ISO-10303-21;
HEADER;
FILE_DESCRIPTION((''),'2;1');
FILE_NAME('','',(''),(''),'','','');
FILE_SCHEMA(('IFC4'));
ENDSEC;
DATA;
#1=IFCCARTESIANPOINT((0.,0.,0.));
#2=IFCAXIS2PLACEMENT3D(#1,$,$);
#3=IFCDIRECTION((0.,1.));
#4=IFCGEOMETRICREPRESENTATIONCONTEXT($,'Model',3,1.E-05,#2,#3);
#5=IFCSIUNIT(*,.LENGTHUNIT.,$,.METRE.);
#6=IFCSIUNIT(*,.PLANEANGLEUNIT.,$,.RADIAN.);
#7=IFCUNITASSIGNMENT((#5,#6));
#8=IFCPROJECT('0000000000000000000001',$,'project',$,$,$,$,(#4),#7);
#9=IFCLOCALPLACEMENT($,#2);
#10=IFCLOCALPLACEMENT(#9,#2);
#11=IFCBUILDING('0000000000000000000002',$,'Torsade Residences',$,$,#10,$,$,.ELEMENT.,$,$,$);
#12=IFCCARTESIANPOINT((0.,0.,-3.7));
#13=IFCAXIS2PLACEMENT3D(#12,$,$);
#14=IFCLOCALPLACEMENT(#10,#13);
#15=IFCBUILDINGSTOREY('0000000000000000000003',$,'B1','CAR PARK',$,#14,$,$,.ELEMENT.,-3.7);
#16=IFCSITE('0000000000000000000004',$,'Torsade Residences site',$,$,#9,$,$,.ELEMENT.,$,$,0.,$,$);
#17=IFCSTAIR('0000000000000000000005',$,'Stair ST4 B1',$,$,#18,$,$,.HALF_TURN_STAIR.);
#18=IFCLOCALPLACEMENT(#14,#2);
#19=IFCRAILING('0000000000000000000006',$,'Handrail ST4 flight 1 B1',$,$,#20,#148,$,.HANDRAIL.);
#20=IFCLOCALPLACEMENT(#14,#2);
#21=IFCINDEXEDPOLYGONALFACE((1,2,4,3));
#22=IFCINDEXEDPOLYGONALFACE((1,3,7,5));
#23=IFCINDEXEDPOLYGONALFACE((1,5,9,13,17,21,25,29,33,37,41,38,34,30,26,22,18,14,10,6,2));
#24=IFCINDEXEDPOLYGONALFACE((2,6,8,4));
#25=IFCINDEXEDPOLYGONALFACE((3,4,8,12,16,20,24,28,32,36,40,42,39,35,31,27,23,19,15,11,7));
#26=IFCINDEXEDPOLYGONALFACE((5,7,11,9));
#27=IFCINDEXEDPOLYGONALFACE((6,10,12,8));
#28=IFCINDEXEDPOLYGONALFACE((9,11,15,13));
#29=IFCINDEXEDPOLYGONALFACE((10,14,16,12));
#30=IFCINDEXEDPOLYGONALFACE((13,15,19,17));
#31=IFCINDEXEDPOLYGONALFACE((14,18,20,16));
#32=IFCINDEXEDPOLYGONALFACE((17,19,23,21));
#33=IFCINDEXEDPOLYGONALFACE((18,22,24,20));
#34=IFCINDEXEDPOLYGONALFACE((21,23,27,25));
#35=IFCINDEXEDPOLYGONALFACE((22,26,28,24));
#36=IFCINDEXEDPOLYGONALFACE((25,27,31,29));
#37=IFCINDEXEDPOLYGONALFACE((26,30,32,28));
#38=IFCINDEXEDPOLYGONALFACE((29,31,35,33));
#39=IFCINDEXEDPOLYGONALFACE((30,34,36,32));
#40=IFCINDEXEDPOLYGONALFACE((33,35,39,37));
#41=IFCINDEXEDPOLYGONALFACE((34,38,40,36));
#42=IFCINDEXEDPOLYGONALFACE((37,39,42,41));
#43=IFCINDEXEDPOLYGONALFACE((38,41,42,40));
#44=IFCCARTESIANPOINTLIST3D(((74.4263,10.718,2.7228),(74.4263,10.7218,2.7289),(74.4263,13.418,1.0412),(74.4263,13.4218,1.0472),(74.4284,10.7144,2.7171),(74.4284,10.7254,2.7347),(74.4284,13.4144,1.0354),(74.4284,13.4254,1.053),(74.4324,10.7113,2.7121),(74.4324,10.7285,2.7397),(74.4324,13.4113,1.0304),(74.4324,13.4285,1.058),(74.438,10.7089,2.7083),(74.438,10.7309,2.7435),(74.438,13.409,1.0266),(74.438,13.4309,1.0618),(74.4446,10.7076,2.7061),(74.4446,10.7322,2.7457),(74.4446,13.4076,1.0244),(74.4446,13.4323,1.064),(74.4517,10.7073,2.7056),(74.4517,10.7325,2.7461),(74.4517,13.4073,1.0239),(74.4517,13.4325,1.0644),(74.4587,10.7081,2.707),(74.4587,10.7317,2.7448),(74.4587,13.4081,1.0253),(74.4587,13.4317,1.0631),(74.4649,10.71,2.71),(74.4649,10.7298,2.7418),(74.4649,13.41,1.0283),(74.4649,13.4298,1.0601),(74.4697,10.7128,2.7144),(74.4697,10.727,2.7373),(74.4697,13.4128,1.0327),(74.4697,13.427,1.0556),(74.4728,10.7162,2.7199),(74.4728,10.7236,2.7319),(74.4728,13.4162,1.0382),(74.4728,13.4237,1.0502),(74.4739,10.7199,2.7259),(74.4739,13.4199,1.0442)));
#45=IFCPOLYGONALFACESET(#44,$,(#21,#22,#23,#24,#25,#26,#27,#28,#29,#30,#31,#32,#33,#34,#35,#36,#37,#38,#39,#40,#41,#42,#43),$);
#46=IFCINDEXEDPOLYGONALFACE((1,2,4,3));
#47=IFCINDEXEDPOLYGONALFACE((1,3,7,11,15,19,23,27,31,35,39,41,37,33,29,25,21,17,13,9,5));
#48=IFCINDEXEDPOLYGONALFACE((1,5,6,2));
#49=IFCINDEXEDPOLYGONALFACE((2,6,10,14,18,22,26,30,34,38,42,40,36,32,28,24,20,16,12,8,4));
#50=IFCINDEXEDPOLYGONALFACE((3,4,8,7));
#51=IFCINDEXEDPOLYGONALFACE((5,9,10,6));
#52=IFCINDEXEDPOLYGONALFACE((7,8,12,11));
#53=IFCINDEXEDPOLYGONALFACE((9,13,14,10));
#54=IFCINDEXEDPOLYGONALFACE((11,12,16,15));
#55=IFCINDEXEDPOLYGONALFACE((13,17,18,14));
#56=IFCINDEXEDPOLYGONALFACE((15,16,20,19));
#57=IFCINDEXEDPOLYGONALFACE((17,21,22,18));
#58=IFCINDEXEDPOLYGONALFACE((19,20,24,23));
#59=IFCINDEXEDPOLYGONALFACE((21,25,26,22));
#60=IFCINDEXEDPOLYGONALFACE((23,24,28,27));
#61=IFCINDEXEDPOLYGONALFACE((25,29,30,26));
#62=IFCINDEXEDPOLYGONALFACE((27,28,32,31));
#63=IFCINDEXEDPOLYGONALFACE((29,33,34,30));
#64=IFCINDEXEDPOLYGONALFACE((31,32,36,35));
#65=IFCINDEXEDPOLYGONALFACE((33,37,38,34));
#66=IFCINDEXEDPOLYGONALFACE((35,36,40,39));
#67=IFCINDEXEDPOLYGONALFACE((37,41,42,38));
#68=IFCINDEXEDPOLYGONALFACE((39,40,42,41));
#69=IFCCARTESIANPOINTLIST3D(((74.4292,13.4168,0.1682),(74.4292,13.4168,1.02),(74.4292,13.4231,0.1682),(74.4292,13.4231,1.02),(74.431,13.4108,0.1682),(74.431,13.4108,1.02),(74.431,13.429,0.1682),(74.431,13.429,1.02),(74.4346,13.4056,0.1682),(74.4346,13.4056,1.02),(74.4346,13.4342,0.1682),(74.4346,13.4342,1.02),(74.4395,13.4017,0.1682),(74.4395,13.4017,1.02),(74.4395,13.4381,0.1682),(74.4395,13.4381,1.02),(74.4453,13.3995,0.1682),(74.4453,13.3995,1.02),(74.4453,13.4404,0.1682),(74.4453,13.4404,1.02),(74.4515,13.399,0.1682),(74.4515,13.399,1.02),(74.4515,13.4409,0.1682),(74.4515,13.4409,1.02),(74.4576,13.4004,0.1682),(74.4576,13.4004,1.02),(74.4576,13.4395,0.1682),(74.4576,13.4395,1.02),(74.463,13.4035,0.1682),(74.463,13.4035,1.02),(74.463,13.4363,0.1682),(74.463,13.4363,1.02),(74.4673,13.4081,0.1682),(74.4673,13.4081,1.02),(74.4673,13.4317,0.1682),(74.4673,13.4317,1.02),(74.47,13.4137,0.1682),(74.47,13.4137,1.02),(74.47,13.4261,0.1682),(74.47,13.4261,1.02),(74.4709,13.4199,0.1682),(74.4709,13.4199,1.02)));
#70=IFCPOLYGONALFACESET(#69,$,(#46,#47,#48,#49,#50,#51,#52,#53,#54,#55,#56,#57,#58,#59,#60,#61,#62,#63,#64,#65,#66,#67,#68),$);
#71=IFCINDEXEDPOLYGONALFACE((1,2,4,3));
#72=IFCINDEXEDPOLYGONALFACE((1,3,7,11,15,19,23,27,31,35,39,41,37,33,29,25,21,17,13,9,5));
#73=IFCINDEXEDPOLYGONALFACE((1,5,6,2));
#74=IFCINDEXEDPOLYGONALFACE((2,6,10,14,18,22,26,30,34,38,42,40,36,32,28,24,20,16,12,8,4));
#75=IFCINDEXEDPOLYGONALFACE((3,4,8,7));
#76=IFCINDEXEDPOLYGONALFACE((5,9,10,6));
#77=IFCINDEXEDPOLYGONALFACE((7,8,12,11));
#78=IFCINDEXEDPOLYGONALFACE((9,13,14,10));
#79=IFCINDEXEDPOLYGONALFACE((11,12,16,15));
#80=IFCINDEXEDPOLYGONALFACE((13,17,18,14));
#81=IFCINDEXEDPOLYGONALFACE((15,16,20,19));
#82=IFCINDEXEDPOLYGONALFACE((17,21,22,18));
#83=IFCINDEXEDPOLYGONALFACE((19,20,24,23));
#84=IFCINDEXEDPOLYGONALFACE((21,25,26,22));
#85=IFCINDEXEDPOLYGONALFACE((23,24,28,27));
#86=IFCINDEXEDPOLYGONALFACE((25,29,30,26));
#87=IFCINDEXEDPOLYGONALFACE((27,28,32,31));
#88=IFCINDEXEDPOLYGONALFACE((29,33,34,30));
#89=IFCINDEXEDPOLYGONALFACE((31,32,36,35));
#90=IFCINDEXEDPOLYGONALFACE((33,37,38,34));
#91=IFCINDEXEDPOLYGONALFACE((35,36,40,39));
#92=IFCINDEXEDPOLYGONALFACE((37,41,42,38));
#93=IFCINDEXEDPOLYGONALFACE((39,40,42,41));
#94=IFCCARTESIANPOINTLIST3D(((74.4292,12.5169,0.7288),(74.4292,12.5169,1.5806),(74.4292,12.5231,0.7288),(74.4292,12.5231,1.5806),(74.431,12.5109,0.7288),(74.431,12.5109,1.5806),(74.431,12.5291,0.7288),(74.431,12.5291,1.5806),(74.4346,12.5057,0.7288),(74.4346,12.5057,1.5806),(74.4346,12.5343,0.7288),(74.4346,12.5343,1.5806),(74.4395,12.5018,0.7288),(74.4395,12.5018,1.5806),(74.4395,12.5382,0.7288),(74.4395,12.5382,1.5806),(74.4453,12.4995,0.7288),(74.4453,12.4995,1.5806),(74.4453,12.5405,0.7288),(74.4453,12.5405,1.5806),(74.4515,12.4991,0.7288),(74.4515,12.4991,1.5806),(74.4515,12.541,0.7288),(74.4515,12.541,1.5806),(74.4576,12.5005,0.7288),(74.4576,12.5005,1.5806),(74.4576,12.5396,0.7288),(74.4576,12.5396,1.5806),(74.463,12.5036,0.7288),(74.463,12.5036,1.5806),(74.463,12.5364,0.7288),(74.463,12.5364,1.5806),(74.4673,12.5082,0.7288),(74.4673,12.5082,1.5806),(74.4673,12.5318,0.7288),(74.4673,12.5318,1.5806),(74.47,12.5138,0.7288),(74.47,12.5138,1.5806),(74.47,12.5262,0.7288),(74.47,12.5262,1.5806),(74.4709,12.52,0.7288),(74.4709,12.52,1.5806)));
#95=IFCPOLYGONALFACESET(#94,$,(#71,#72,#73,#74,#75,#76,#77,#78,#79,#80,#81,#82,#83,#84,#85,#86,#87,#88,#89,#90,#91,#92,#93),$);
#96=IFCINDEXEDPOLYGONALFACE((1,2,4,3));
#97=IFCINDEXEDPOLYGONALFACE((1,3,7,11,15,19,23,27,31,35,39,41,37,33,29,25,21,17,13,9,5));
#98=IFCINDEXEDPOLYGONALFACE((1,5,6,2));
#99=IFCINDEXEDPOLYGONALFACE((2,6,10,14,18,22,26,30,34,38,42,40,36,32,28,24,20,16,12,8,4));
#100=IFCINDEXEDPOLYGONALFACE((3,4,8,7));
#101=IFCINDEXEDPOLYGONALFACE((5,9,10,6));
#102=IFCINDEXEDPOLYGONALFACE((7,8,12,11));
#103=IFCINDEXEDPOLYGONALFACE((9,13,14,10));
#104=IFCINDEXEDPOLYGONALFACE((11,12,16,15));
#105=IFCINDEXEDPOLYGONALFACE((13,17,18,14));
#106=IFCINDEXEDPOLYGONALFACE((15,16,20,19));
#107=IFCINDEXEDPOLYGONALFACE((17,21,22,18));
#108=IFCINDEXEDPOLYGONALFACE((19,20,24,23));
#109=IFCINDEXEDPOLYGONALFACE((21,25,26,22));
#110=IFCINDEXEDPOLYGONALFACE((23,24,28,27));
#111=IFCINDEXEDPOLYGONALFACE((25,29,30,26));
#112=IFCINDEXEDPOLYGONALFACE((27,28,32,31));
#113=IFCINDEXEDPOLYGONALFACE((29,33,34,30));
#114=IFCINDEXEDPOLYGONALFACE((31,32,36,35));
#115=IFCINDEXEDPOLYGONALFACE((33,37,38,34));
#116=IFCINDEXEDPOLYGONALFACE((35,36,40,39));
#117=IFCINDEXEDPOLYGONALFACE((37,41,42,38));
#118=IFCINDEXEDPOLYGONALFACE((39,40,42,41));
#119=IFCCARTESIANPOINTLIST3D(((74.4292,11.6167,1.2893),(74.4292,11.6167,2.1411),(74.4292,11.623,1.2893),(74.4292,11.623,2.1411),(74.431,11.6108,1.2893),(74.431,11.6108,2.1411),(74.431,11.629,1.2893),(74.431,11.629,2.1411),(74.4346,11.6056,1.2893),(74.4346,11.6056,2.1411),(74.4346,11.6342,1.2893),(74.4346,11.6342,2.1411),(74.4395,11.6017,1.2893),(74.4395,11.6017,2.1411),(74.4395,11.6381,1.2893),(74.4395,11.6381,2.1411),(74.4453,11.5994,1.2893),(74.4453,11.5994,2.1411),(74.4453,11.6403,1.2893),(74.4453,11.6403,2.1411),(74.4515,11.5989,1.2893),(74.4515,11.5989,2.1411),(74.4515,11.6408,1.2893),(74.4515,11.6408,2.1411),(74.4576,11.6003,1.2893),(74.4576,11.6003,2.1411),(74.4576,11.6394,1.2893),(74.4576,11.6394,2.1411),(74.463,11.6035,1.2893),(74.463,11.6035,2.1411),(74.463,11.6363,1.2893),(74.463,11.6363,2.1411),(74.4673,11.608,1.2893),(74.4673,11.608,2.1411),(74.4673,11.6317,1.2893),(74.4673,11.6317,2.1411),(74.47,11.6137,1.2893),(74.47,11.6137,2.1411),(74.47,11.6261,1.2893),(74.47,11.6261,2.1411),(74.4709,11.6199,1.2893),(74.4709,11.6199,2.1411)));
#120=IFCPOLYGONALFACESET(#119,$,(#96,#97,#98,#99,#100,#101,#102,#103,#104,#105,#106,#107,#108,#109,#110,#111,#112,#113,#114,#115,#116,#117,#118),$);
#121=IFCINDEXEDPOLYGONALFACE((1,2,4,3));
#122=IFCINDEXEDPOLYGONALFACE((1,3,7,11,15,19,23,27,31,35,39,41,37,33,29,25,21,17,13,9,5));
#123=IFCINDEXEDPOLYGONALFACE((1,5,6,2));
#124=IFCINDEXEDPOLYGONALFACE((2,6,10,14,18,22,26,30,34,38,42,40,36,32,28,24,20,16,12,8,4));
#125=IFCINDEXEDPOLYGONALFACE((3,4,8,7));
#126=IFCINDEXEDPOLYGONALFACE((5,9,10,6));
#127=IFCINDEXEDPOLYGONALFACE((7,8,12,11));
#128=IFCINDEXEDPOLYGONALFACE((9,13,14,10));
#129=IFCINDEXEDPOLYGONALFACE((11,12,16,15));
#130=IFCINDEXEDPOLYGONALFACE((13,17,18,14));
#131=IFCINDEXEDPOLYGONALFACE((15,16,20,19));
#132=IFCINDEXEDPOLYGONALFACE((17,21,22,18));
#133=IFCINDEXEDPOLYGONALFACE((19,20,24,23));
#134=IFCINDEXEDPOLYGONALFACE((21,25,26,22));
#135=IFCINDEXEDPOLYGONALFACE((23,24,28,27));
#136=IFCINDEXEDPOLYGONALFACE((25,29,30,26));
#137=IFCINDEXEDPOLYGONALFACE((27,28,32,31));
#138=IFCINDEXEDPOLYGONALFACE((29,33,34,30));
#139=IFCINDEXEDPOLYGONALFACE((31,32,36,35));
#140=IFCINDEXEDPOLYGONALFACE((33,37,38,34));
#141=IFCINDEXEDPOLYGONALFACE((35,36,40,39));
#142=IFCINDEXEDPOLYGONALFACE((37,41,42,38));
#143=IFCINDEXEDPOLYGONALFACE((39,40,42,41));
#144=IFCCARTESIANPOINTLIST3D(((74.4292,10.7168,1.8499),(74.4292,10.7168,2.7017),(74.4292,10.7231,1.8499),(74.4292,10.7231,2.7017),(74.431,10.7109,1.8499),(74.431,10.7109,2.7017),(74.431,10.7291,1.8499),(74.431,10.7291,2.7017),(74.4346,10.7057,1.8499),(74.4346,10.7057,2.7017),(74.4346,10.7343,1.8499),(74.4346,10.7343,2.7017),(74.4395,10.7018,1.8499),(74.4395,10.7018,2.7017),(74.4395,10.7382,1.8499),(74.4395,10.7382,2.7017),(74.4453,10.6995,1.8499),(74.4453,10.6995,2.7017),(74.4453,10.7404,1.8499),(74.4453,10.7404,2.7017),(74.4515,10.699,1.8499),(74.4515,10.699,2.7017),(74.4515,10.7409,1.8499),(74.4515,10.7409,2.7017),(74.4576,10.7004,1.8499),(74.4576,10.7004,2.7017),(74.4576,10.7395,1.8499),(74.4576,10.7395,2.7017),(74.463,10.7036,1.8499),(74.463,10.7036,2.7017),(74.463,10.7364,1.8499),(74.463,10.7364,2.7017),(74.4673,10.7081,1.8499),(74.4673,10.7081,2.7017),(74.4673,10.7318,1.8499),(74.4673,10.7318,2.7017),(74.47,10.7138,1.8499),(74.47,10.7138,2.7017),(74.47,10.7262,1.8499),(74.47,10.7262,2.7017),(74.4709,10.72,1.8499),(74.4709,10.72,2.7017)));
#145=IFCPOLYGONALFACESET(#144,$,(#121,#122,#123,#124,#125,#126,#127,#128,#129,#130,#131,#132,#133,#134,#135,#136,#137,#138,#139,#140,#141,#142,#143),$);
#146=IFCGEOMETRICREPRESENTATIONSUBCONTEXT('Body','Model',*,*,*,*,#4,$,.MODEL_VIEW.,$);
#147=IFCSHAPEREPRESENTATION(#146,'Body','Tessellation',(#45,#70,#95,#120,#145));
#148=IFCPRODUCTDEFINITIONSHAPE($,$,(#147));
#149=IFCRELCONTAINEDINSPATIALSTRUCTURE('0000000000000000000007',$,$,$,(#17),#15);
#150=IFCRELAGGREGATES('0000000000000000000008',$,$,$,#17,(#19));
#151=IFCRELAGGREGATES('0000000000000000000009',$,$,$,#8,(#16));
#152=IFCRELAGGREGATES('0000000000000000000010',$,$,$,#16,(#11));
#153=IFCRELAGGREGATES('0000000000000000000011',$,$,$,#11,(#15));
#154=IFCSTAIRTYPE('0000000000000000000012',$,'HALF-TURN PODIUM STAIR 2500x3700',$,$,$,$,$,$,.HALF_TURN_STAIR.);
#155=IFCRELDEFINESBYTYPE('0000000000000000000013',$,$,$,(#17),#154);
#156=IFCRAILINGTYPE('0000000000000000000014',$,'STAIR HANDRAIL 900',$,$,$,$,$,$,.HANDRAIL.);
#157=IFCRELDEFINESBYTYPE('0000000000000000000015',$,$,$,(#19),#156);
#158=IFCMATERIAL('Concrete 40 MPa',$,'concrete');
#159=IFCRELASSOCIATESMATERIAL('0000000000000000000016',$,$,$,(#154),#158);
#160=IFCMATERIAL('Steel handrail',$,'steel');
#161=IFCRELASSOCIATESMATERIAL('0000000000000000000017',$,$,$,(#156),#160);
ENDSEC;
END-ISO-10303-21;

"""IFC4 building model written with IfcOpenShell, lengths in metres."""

from ifc_helpers import new_model, si_unit, direction, frame, origin, origin_2d, place, context, subcontext, project, spatial, circle, extrude, material, type_object, element, aggregate, save


model = new_model("IFC4")

# Units and contexts
model_context = context("Model", 3, precision=1e-05, world=origin(), true_north=direction((0.0, 1.0)))
body_context = subcontext(model_context, "Body", "Model", "MODEL_VIEW")
ifc_project = project(units=[si_unit("LENGTHUNIT", "METRE"), si_unit("PLANEANGLEUNIT", "RADIAN")], contexts=[model_context])

# Site, building, storey
site_placement = place(None, origin())
site = spatial("IfcSite", under=ifc_project, at=site_placement, Name="Torsade Residences site", CompositionType="ELEMENT", RefElevation=0.0)
building_placement = place(site_placement, origin())
building = spatial("IfcBuilding", under=site, at=building_placement, Name="Torsade Residences", CompositionType="ELEMENT")
storey_placement = place(building_placement, frame((0.0, 0.0, -3.7)))
storey = spatial("IfcBuildingStorey", under=building, at=storey_placement, Name="B1", Description="CAR PARK", CompositionType="ELEMENT", Elevation=-3.7)

# Stair, railing
ifc_material_1 = material(Name="Concrete 40 MPa", Category="concrete")
stair_type = type_object("IfcStairType", Name="HALF-TURN PODIUM STAIR 2500x3700", PredefinedType="HALF_TURN_STAIR", material=ifc_material_1)
stair_placement = place(storey_placement, origin())
stair = element("IfcStair", 1, at=stair_placement, inside=storey, type_object=stair_type, Name="Stair ST4 B1", PredefinedType="HALF_TURN_STAIR")
ifc_material_2 = material(Name="Steel handrail", Category="steel")
railing_type_1 = type_object("IfcRailingType", Name="STAIR HANDRAIL 900", PredefinedType="HANDRAIL", material=ifc_material_2)
railing_1_placement = place(storey_placement, frame((74.45, 13.4199, 0.1682)))
railing_1 = element("IfcRailing", 2, at=railing_1_placement, type_object=railing_type_1, Name="Handrail ST4 flight 1 B1", PredefinedType="HANDRAIL", context=body_context, shape_type="SweptSolid", body=[
    extrude(circle(Radius=0.0239, at=origin_2d()), frame((0.0, 0.0, 0.876), z_axis=(0.0, -0.848821, 0.528681), x_axis=(1.0, 0.0, 0.0)), (0.0, 0.0, 1.0), 3.1809),
    extrude(circle(Radius=0.021, at=origin_2d()), origin(), (0.0, 0.0, 1.0), 0.8518),
    extrude(circle(Radius=0.021, at=origin_2d()), frame((0.0, -0.8999, 0.5605)), (0.0, 0.0, 1.0), 0.8518),
    extrude(circle(Radius=0.021, at=origin_2d()), frame((0.0, -1.8, 1.1211)), (0.0, 0.0, 1.0), 0.8518),
    extrude(circle(Radius=0.021, at=origin_2d()), frame((0.0, -2.7, 1.6816)), (0.0, 0.0, 1.0), 0.8518),
])
aggregate(stair, [railing_1])

save(model, "model.ifc")
